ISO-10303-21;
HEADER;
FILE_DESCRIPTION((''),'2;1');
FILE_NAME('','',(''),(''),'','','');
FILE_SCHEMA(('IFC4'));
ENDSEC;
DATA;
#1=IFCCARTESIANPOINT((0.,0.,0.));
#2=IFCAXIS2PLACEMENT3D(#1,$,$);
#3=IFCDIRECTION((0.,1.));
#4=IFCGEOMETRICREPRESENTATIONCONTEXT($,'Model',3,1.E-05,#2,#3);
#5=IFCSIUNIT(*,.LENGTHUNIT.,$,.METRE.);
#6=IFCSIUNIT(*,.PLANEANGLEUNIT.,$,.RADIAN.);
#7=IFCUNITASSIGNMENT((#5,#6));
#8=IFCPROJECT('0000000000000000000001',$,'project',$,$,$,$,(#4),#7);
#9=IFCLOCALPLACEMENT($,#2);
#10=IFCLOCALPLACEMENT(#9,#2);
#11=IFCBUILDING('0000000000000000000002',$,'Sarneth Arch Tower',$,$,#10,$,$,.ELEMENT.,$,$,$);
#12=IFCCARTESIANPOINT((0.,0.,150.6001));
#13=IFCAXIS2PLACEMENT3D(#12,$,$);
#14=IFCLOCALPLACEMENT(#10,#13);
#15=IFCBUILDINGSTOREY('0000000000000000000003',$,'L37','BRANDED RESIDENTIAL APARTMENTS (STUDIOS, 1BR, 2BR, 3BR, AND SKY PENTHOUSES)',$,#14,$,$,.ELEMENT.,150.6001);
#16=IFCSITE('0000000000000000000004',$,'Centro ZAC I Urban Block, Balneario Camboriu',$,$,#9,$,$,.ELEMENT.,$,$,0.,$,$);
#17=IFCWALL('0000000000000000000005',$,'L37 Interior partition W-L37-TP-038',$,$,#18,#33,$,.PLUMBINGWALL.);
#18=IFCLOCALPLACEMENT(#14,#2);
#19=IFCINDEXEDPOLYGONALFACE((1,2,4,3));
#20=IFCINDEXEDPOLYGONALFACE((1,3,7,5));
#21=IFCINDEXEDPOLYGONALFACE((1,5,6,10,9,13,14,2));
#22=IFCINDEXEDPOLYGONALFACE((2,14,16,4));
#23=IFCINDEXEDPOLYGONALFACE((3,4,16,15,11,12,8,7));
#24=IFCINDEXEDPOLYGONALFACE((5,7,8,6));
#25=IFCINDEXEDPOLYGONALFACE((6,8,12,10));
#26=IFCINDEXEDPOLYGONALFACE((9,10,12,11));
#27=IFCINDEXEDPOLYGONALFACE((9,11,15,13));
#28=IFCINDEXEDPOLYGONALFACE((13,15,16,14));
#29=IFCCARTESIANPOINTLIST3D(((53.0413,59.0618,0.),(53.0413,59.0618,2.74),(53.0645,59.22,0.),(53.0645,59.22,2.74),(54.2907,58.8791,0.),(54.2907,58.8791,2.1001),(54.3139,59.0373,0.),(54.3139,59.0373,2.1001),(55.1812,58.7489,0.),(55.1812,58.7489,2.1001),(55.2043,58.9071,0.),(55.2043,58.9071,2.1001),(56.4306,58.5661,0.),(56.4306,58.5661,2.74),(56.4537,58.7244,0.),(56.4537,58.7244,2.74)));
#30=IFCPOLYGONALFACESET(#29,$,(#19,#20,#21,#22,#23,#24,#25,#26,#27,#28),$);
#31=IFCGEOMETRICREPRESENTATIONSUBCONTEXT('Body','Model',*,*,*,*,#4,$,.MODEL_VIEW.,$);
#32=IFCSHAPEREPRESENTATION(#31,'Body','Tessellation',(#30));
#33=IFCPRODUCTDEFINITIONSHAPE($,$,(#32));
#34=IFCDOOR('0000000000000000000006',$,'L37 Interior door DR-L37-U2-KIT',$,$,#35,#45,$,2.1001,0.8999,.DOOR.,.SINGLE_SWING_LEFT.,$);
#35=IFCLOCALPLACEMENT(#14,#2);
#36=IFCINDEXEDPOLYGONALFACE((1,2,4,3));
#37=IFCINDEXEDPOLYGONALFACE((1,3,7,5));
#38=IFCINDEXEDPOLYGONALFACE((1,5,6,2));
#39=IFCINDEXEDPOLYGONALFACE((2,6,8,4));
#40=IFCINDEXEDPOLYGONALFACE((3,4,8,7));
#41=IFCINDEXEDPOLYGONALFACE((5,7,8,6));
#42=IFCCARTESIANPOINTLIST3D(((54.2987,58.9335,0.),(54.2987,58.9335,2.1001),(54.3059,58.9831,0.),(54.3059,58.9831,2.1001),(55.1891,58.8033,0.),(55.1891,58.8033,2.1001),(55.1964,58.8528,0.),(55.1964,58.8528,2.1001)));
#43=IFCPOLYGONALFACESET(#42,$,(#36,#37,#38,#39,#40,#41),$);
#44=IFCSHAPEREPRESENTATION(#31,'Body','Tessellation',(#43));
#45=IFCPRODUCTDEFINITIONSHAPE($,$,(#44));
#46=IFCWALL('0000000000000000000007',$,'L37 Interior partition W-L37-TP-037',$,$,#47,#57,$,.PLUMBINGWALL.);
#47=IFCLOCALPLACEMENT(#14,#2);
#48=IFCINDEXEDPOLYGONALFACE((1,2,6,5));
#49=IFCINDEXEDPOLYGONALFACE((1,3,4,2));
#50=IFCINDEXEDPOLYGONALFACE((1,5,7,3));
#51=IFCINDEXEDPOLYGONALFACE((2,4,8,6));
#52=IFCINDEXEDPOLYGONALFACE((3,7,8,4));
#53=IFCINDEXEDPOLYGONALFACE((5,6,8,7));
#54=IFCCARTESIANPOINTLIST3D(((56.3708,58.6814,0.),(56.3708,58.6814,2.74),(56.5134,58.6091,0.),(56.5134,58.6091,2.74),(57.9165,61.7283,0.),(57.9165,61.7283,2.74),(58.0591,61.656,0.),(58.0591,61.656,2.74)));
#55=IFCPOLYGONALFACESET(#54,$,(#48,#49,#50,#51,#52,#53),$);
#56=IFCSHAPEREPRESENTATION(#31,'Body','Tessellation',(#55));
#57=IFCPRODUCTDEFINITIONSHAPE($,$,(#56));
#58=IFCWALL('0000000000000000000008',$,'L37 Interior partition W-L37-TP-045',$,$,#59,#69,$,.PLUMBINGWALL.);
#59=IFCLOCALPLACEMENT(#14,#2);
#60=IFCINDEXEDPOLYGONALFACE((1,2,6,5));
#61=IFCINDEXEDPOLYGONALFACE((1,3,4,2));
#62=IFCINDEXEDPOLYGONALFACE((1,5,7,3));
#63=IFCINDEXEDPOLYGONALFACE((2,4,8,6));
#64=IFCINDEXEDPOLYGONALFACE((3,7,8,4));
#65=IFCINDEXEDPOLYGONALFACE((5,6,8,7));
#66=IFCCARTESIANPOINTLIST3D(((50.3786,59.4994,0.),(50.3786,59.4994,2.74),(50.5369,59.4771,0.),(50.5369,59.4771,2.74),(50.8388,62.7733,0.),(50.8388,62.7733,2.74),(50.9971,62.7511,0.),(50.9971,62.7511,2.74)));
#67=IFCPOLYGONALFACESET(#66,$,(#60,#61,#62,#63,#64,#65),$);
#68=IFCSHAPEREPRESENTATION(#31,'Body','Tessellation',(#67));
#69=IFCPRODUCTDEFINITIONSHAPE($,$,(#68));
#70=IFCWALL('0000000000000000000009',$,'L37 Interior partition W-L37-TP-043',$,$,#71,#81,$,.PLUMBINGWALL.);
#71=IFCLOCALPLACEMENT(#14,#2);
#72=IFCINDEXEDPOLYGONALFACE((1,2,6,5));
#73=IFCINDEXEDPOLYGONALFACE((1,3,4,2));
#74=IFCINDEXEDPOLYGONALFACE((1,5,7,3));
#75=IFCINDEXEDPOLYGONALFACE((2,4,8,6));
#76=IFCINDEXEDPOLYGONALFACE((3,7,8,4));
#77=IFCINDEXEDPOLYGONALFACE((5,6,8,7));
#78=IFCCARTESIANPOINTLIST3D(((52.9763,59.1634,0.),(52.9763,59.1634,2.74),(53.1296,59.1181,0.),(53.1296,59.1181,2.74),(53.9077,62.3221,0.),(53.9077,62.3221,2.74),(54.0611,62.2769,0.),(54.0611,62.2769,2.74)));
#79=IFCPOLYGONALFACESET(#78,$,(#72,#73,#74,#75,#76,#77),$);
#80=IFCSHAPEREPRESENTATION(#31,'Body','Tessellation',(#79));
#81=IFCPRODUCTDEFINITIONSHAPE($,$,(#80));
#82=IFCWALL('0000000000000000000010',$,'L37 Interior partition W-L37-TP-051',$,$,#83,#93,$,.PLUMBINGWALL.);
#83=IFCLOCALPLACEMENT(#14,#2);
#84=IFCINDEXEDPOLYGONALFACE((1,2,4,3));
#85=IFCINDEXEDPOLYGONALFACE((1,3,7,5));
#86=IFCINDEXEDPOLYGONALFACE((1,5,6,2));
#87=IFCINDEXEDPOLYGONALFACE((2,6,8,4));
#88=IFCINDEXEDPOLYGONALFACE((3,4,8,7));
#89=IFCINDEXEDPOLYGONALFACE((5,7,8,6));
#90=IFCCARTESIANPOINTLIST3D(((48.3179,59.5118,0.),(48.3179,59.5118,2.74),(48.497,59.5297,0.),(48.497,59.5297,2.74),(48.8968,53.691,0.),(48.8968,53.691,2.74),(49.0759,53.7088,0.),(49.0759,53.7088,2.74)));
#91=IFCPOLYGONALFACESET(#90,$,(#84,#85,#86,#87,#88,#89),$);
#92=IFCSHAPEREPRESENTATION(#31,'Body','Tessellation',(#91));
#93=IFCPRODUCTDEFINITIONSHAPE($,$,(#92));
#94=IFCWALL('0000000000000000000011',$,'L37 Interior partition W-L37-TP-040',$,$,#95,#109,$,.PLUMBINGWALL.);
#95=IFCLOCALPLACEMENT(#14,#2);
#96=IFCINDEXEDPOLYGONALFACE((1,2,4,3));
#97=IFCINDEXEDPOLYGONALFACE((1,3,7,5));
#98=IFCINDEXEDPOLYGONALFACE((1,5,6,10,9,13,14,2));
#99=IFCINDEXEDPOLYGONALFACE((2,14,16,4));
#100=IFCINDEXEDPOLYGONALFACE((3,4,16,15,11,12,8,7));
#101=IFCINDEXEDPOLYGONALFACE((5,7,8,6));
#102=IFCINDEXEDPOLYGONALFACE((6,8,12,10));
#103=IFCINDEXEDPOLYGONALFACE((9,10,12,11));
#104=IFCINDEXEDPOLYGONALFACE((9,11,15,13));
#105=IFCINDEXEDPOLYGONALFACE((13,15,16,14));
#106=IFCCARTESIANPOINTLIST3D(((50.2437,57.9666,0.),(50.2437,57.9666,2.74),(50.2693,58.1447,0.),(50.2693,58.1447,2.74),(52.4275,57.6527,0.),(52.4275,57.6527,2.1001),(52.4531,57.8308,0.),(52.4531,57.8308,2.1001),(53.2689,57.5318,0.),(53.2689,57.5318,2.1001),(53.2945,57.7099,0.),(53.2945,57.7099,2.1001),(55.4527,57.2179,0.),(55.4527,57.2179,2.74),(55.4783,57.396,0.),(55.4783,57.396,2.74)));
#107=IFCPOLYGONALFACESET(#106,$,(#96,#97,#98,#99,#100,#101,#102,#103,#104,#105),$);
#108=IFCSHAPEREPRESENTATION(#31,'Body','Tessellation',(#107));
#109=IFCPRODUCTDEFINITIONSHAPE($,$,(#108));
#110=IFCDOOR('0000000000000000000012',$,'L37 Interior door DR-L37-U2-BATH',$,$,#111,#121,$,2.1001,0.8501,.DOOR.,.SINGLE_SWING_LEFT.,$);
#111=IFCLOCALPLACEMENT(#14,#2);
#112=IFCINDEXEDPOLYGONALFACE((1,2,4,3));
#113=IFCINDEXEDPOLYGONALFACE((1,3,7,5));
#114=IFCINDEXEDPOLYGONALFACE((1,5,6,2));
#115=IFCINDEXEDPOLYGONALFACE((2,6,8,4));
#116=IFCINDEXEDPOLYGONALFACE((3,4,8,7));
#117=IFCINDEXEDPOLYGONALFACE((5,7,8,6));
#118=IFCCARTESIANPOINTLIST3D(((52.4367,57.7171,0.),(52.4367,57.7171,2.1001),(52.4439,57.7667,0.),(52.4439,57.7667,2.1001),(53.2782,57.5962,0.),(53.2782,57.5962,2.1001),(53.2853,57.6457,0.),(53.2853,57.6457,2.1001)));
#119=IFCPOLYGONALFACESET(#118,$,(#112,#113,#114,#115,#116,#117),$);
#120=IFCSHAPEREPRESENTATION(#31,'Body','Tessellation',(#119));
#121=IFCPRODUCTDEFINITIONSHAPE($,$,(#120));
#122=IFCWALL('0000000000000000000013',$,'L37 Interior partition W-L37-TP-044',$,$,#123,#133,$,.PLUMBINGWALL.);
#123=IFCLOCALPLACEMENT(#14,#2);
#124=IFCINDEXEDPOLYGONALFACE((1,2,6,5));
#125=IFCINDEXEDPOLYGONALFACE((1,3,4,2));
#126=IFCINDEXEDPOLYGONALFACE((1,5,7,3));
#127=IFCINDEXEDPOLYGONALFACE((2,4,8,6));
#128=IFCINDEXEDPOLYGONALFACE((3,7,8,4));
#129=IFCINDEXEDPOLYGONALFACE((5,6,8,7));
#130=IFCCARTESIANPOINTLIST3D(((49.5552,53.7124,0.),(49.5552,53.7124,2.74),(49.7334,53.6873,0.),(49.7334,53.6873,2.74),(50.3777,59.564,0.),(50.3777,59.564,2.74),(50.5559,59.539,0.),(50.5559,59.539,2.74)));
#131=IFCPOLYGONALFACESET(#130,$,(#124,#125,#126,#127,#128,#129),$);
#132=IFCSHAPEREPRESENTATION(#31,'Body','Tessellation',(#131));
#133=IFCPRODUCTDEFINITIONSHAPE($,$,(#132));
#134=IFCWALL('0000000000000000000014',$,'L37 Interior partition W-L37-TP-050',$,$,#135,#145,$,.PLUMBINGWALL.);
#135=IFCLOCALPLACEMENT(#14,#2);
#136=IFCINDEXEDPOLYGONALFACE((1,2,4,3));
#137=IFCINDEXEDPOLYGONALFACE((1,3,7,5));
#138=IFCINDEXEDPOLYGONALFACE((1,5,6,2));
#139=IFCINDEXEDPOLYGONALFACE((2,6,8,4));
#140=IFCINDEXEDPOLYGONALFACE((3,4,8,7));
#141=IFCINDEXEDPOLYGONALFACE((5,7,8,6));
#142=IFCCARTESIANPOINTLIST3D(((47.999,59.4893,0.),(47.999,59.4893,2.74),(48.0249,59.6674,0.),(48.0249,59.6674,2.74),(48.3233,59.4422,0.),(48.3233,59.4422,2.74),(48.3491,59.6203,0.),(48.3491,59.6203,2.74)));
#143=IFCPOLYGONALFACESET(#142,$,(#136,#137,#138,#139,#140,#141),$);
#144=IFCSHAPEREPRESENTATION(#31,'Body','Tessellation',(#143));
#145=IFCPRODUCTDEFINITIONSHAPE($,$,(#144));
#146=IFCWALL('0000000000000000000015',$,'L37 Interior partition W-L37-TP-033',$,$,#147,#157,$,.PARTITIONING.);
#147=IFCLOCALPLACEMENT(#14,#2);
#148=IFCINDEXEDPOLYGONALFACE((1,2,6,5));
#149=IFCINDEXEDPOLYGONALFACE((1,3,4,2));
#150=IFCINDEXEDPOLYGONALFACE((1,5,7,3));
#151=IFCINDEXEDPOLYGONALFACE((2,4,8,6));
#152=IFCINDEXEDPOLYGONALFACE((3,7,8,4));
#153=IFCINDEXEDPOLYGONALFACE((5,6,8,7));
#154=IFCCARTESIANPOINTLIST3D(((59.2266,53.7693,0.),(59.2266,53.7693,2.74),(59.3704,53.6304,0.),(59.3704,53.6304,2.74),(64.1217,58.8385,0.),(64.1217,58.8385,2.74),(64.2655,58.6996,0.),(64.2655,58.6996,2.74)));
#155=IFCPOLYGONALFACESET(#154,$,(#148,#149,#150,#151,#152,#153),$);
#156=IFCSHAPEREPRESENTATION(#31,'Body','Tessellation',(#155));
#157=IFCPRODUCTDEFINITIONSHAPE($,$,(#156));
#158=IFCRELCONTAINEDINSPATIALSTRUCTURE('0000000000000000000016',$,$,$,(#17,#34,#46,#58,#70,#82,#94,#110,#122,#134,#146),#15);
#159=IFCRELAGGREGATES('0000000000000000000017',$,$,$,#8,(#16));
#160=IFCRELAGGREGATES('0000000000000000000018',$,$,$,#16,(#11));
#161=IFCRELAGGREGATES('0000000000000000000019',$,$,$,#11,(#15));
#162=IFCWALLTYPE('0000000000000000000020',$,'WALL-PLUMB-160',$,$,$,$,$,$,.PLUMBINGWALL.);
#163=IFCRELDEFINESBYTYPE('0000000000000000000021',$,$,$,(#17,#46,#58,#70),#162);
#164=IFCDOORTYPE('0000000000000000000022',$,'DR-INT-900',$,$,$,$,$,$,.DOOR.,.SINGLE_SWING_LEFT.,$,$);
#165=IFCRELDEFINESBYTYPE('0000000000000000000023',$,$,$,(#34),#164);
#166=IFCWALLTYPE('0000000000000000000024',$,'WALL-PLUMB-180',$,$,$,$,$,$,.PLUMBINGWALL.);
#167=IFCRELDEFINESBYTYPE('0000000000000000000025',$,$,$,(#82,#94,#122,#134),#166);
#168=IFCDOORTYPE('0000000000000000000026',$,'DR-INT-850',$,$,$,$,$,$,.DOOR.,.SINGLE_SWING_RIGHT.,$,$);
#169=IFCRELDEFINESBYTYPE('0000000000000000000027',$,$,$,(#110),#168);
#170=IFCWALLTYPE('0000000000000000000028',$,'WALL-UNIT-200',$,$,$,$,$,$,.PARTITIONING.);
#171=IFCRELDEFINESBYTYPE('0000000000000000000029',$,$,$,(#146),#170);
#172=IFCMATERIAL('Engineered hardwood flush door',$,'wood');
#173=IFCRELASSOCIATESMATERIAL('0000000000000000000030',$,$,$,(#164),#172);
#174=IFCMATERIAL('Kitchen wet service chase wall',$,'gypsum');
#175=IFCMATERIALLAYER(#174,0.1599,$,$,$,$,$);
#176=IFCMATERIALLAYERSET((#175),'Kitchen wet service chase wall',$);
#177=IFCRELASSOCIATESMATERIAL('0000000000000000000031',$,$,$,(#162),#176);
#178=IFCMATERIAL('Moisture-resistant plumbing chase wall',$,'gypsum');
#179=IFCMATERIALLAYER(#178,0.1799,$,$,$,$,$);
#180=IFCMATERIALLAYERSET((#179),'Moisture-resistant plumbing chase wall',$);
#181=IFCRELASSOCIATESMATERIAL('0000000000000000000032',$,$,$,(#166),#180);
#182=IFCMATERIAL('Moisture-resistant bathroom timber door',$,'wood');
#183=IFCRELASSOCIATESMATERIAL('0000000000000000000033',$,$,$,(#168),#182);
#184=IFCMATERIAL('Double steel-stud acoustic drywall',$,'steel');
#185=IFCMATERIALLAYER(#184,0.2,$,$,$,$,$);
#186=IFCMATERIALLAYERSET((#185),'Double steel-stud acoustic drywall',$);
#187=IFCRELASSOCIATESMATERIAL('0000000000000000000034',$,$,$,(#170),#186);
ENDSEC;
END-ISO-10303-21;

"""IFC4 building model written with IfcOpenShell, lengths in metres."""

from ifc_helpers import new_model, si_unit, direction, frame, frame_2d, origin, place, context, subcontext, project, spatial, rectangle, extrude, material, layer, layer_set, type_object, element, fill, save


model = new_model("IFC4")

# Units and contexts
model_context = context("Model", 3, precision=1e-05, world=origin(), true_north=direction((0.0, 1.0)))
body_context = subcontext(model_context, "Body", "Model", "MODEL_VIEW")
ifc_project = project(units=[si_unit("LENGTHUNIT", "METRE"), si_unit("PLANEANGLEUNIT", "RADIAN")], contexts=[model_context])

# Site, building, storey
site_placement = place(None, origin())
site = spatial("IfcSite", under=ifc_project, at=site_placement, Name="Centro ZAC I Urban Block, Balneario Camboriu", CompositionType="ELEMENT", RefElevation=0.0)
building_placement = place(site_placement, origin())
building = spatial("IfcBuilding", under=site, at=building_placement, Name="Sarneth Arch Tower", CompositionType="ELEMENT")
storey_placement = place(building_placement, frame((0.0, 0.0, 150.6001)))
storey = spatial("IfcBuildingStorey", under=building, at=storey_placement, Name="L37", Description="BRANDED RESIDENTIAL APARTMENTS (STUDIOS, 1BR, 2BR, 3BR, AND SKY PENTHOUSES)", CompositionType="ELEMENT", Elevation=150.6001)

# Wall, opening, door
ifc_material_1 = material(Name="Engineered hardwood flush door", Category="wood")
door_type_1 = type_object("IfcDoorType", Name="DR-INT-900", OperationType="SINGLE_SWING_LEFT", PredefinedType="DOOR", material=ifc_material_1)
ifc_material_2 = material(Name="Kitchen wet service chase wall", Category="gypsum")
ifc_layer_1 = layer(ifc_material_2, 0.1599)
ifc_layer_set_1 = layer_set([ifc_layer_1], Name="Kitchen wet service chase wall")
wall_type_1 = type_object("IfcWallType", Name="WALL-PLUMB-160", PredefinedType="PLUMBINGWALL", material=ifc_layer_set_1)
wall_1_placement = place(storey_placement, frame((56.4421, 58.6453, 0.0), z_axis=(0.0, 0.0, 1.0), x_axis=(-0.989477, 0.144694, 0.0)))
wall_1 = element("IfcWall", 1, at=wall_1_placement, inside=storey, type_object=wall_type_1, Name="L37 Interior partition W-L37-TP-038", PredefinedType="PLUMBINGWALL", context=body_context, shape_type="SweptSolid", body=[
    extrude(rectangle(XDim=3.4253, YDim=0.1599, at=frame_2d((1.7126, 0.0))), origin(), (0.0, 0.0, 1.0), 2.74),
])
opening_1_placement = place(wall_1_placement, frame((1.2627, 0.0, 0.0)))
opening_1 = element("IfcOpeningElement", 2, at=opening_1_placement, cuts=wall_1, PredefinedType="OPENING", context=body_context, shape_type="SweptSolid", body=[
    extrude(rectangle(XDim=0.8999, YDim=2.1001, at=frame_2d((0.45, 1.05))), frame((0.0, 0.0898, 0.0), z_axis=(0.0, -1.0, 0.0), x_axis=(1.0, 0.0, 0.0)), (0.0, 0.0, 1.0), 0.1799),
])
door_1_placement = place(opening_1_placement, origin())
door_1 = element("IfcDoor", 3, at=door_1_placement, inside=storey, type_object=door_type_1, Name="L37 Interior door DR-L37-U2-KIT", OperationType="SINGLE_SWING_LEFT", OverallHeight=2.1001, OverallWidth=0.8999, PredefinedType="DOOR", context=body_context, shape_type="SweptSolid", body=[
    extrude(rectangle(XDim=0.8999, YDim=2.1001, at=frame_2d((0.45, 1.05))), frame((0.0, 0.0249, 0.0), z_axis=(0.0, -1.0, 0.0), x_axis=(1.0, 0.0, 0.0)), (0.0, 0.0, 1.0), 0.05),
])
fill(opening_1, door_1)

# Walls
wall_2_placement = place(storey_placement, frame((57.9878, 61.6921, 0.0), z_axis=(0.0, 0.0, 1.0), x_axis=(-0.452408, -0.891811, 0.0)))
element("IfcWall", 4, at=wall_2_placement, inside=storey, type_object=wall_type_1, Name="L37 Interior partition W-L37-TP-037", PredefinedType="PLUMBINGWALL", context=body_context, shape_type="SweptSolid", body=[
    extrude(rectangle(XDim=3.4165, YDim=0.1599, at=frame_2d((1.7083, 0.0))), origin(), (0.0, 0.0, 1.0), 2.74),
])
wall_3_placement = place(storey_placement, frame((50.918, 62.7622, 0.0), z_axis=(0.0, 0.0, 1.0), x_axis=(-0.139198, -0.990265, 0.0)))
element("IfcWall", 5, at=wall_3_placement, inside=storey, type_object=wall_type_1, Name="L37 Interior partition W-L37-TP-045", PredefinedType="PLUMBINGWALL", context=body_context, shape_type="SweptSolid", body=[
    extrude(rectangle(XDim=3.3062, YDim=0.1599, at=frame_2d((1.6531, 0.0))), origin(), (0.0, 0.0, 1.0), 2.74),
])
wall_4_placement = place(storey_placement, frame((53.053, 59.1409, 0.0), z_axis=(0.0, 0.0, 1.0), x_axis=(0.282829, 0.95917, 0.0)))
element("IfcWall", 6, at=wall_4_placement, inside=storey, type_object=wall_type_1, Name="L37 Interior partition W-L37-TP-043", PredefinedType="PLUMBINGWALL", context=body_context, shape_type="SweptSolid", body=[
    extrude(rectangle(XDim=3.2932, YDim=0.1599, at=frame_2d((1.6465, 0.0))), origin(), (0.0, 0.0, 1.0), 2.74),
])
ifc_material_3 = material(Name="Moisture-resistant plumbing chase wall", Category="gypsum")
ifc_layer_2 = layer(ifc_material_3, 0.1799)
ifc_layer_set_2 = layer_set([ifc_layer_2], Name="Moisture-resistant plumbing chase wall")
wall_type_2 = type_object("IfcWallType", Name="WALL-PLUMB-180", PredefinedType="PLUMBINGWALL", material=ifc_layer_set_2)
wall_5_placement = place(storey_placement, frame((48.4075, 59.5208, 0.0), z_axis=(0.0, 0.0, 1.0), x_axis=(0.098958, -0.995092, 0.0)))
element("IfcWall", 7, at=wall_5_placement, inside=storey, type_object=wall_type_2, Name="L37 Interior partition W-L37-TP-051", PredefinedType="PLUMBINGWALL", context=body_context, shape_type="SweptSolid", body=[
    extrude(rectangle(XDim=5.8496, YDim=0.1799, at=frame_2d((2.9248, 0.0))), origin(), (0.0, 0.0, 1.0), 2.74),
])

# Wall, opening, door
wall_6_placement = place(storey_placement, frame((55.4656, 57.3069, 0.0), z_axis=(0.0, 0.0, 1.0), x_axis=(-0.989826, 0.142285, 0.0)))
wall_6 = element("IfcWall", 8, at=wall_6_placement, inside=storey, type_object=wall_type_2, Name="L37 Interior partition W-L37-TP-040", PredefinedType="PLUMBINGWALL", context=body_context, shape_type="SweptSolid", body=[
    extrude(rectangle(XDim=5.2625, YDim=0.1799, at=frame_2d((2.6313, 0.0))), origin(), (0.0, 0.0, 1.0), 2.74),
])
opening_2_placement = place(wall_6_placement, frame((2.2063, 0.0, 0.0)))
opening_2 = element("IfcOpeningElement", 9, at=opening_2_placement, cuts=wall_6, PredefinedType="OPENING", context=body_context, shape_type="SweptSolid", body=[
    extrude(rectangle(XDim=0.8501, YDim=2.1001, at=frame_2d((0.425, 1.05))), frame((0.0, 0.0999, 0.0), z_axis=(0.0, -1.0, 0.0), x_axis=(1.0, 0.0, 0.0)), (0.0, 0.0, 1.0), 0.2),
])
ifc_material_4 = material(Name="Moisture-resistant bathroom timber door", Category="wood")
door_type_2 = type_object("IfcDoorType", Name="DR-INT-850", OperationType="SINGLE_SWING_RIGHT", PredefinedType="DOOR", material=ifc_material_4)
door_2_placement = place(opening_2_placement, origin())
door_2 = element("IfcDoor", 10, at=door_2_placement, inside=storey, type_object=door_type_2, Name="L37 Interior door DR-L37-U2-BATH", OperationType="SINGLE_SWING_LEFT", OverallHeight=2.1001, OverallWidth=0.8501, PredefinedType="DOOR", context=body_context, shape_type="SweptSolid", body=[
    extrude(rectangle(XDim=0.8501, YDim=2.1001, at=frame_2d((0.425, 1.05))), frame((0.0, 0.0249, 0.0), z_axis=(0.0, -1.0, 0.0), x_axis=(1.0, 0.0, 0.0)), (0.0, 0.0, 1.0), 0.05),
])
fill(opening_2, door_2)

# Walls
wall_7_placement = place(storey_placement, frame((50.4668, 59.5515, 0.0), z_axis=(0.0, 0.0, 1.0), x_axis=(-0.139194, -0.990265, 0.0)))
element("IfcWall", 11, at=wall_7_placement, inside=storey, type_object=wall_type_2, Name="L37 Interior partition W-L37-TP-044", PredefinedType="PLUMBINGWALL", context=body_context, shape_type="SweptSolid", body=[
    extrude(rectangle(XDim=5.9092, YDim=0.1799, at=frame_2d((2.9546, 0.0))), origin(), (0.0, 0.0, 1.0), 2.74),
])
wall_8_placement = place(storey_placement, frame((48.012, 59.5784, 0.0), z_axis=(0.0, 0.0, 1.0), x_axis=(0.989604, -0.14382, 0.0)))
element("IfcWall", 12, at=wall_8_placement, inside=storey, type_object=wall_type_2, Name="L37 Interior partition W-L37-TP-050", PredefinedType="PLUMBINGWALL", context=body_context, shape_type="SweptSolid", body=[
    extrude(rectangle(XDim=0.3276, YDim=0.1799, at=frame_2d((0.1638, 0.0))), origin(), (0.0, 0.0, 1.0), 2.74),
])
ifc_material_5 = material(Name="Double steel-stud acoustic drywall", Category="steel")
ifc_layer_3 = layer(ifc_material_5, 0.2)
ifc_layer_set_3 = layer_set([ifc_layer_3], Name="Double steel-stud acoustic drywall")
wall_type_3 = type_object("IfcWallType", Name="WALL-UNIT-200", PredefinedType="PARTITIONING", material=ifc_layer_set_3)
wall_9_placement = place(storey_placement, frame((64.1936, 58.769, 0.0), z_axis=(0.0, 0.0, 1.0), x_axis=(-0.694648, -0.71935, 0.0)))
element("IfcWall", 13, at=wall_9_placement, inside=storey, type_object=wall_type_3, Name="L37 Interior partition W-L37-TP-033", PredefinedType="PARTITIONING", context=body_context, shape_type="SweptSolid", body=[
    extrude(rectangle(XDim=7.0469, YDim=0.2, at=frame_2d((3.5234, 0.0))), origin(), (0.0, 0.0, 1.0), 2.74),
])

save(model, "model.ifc")
